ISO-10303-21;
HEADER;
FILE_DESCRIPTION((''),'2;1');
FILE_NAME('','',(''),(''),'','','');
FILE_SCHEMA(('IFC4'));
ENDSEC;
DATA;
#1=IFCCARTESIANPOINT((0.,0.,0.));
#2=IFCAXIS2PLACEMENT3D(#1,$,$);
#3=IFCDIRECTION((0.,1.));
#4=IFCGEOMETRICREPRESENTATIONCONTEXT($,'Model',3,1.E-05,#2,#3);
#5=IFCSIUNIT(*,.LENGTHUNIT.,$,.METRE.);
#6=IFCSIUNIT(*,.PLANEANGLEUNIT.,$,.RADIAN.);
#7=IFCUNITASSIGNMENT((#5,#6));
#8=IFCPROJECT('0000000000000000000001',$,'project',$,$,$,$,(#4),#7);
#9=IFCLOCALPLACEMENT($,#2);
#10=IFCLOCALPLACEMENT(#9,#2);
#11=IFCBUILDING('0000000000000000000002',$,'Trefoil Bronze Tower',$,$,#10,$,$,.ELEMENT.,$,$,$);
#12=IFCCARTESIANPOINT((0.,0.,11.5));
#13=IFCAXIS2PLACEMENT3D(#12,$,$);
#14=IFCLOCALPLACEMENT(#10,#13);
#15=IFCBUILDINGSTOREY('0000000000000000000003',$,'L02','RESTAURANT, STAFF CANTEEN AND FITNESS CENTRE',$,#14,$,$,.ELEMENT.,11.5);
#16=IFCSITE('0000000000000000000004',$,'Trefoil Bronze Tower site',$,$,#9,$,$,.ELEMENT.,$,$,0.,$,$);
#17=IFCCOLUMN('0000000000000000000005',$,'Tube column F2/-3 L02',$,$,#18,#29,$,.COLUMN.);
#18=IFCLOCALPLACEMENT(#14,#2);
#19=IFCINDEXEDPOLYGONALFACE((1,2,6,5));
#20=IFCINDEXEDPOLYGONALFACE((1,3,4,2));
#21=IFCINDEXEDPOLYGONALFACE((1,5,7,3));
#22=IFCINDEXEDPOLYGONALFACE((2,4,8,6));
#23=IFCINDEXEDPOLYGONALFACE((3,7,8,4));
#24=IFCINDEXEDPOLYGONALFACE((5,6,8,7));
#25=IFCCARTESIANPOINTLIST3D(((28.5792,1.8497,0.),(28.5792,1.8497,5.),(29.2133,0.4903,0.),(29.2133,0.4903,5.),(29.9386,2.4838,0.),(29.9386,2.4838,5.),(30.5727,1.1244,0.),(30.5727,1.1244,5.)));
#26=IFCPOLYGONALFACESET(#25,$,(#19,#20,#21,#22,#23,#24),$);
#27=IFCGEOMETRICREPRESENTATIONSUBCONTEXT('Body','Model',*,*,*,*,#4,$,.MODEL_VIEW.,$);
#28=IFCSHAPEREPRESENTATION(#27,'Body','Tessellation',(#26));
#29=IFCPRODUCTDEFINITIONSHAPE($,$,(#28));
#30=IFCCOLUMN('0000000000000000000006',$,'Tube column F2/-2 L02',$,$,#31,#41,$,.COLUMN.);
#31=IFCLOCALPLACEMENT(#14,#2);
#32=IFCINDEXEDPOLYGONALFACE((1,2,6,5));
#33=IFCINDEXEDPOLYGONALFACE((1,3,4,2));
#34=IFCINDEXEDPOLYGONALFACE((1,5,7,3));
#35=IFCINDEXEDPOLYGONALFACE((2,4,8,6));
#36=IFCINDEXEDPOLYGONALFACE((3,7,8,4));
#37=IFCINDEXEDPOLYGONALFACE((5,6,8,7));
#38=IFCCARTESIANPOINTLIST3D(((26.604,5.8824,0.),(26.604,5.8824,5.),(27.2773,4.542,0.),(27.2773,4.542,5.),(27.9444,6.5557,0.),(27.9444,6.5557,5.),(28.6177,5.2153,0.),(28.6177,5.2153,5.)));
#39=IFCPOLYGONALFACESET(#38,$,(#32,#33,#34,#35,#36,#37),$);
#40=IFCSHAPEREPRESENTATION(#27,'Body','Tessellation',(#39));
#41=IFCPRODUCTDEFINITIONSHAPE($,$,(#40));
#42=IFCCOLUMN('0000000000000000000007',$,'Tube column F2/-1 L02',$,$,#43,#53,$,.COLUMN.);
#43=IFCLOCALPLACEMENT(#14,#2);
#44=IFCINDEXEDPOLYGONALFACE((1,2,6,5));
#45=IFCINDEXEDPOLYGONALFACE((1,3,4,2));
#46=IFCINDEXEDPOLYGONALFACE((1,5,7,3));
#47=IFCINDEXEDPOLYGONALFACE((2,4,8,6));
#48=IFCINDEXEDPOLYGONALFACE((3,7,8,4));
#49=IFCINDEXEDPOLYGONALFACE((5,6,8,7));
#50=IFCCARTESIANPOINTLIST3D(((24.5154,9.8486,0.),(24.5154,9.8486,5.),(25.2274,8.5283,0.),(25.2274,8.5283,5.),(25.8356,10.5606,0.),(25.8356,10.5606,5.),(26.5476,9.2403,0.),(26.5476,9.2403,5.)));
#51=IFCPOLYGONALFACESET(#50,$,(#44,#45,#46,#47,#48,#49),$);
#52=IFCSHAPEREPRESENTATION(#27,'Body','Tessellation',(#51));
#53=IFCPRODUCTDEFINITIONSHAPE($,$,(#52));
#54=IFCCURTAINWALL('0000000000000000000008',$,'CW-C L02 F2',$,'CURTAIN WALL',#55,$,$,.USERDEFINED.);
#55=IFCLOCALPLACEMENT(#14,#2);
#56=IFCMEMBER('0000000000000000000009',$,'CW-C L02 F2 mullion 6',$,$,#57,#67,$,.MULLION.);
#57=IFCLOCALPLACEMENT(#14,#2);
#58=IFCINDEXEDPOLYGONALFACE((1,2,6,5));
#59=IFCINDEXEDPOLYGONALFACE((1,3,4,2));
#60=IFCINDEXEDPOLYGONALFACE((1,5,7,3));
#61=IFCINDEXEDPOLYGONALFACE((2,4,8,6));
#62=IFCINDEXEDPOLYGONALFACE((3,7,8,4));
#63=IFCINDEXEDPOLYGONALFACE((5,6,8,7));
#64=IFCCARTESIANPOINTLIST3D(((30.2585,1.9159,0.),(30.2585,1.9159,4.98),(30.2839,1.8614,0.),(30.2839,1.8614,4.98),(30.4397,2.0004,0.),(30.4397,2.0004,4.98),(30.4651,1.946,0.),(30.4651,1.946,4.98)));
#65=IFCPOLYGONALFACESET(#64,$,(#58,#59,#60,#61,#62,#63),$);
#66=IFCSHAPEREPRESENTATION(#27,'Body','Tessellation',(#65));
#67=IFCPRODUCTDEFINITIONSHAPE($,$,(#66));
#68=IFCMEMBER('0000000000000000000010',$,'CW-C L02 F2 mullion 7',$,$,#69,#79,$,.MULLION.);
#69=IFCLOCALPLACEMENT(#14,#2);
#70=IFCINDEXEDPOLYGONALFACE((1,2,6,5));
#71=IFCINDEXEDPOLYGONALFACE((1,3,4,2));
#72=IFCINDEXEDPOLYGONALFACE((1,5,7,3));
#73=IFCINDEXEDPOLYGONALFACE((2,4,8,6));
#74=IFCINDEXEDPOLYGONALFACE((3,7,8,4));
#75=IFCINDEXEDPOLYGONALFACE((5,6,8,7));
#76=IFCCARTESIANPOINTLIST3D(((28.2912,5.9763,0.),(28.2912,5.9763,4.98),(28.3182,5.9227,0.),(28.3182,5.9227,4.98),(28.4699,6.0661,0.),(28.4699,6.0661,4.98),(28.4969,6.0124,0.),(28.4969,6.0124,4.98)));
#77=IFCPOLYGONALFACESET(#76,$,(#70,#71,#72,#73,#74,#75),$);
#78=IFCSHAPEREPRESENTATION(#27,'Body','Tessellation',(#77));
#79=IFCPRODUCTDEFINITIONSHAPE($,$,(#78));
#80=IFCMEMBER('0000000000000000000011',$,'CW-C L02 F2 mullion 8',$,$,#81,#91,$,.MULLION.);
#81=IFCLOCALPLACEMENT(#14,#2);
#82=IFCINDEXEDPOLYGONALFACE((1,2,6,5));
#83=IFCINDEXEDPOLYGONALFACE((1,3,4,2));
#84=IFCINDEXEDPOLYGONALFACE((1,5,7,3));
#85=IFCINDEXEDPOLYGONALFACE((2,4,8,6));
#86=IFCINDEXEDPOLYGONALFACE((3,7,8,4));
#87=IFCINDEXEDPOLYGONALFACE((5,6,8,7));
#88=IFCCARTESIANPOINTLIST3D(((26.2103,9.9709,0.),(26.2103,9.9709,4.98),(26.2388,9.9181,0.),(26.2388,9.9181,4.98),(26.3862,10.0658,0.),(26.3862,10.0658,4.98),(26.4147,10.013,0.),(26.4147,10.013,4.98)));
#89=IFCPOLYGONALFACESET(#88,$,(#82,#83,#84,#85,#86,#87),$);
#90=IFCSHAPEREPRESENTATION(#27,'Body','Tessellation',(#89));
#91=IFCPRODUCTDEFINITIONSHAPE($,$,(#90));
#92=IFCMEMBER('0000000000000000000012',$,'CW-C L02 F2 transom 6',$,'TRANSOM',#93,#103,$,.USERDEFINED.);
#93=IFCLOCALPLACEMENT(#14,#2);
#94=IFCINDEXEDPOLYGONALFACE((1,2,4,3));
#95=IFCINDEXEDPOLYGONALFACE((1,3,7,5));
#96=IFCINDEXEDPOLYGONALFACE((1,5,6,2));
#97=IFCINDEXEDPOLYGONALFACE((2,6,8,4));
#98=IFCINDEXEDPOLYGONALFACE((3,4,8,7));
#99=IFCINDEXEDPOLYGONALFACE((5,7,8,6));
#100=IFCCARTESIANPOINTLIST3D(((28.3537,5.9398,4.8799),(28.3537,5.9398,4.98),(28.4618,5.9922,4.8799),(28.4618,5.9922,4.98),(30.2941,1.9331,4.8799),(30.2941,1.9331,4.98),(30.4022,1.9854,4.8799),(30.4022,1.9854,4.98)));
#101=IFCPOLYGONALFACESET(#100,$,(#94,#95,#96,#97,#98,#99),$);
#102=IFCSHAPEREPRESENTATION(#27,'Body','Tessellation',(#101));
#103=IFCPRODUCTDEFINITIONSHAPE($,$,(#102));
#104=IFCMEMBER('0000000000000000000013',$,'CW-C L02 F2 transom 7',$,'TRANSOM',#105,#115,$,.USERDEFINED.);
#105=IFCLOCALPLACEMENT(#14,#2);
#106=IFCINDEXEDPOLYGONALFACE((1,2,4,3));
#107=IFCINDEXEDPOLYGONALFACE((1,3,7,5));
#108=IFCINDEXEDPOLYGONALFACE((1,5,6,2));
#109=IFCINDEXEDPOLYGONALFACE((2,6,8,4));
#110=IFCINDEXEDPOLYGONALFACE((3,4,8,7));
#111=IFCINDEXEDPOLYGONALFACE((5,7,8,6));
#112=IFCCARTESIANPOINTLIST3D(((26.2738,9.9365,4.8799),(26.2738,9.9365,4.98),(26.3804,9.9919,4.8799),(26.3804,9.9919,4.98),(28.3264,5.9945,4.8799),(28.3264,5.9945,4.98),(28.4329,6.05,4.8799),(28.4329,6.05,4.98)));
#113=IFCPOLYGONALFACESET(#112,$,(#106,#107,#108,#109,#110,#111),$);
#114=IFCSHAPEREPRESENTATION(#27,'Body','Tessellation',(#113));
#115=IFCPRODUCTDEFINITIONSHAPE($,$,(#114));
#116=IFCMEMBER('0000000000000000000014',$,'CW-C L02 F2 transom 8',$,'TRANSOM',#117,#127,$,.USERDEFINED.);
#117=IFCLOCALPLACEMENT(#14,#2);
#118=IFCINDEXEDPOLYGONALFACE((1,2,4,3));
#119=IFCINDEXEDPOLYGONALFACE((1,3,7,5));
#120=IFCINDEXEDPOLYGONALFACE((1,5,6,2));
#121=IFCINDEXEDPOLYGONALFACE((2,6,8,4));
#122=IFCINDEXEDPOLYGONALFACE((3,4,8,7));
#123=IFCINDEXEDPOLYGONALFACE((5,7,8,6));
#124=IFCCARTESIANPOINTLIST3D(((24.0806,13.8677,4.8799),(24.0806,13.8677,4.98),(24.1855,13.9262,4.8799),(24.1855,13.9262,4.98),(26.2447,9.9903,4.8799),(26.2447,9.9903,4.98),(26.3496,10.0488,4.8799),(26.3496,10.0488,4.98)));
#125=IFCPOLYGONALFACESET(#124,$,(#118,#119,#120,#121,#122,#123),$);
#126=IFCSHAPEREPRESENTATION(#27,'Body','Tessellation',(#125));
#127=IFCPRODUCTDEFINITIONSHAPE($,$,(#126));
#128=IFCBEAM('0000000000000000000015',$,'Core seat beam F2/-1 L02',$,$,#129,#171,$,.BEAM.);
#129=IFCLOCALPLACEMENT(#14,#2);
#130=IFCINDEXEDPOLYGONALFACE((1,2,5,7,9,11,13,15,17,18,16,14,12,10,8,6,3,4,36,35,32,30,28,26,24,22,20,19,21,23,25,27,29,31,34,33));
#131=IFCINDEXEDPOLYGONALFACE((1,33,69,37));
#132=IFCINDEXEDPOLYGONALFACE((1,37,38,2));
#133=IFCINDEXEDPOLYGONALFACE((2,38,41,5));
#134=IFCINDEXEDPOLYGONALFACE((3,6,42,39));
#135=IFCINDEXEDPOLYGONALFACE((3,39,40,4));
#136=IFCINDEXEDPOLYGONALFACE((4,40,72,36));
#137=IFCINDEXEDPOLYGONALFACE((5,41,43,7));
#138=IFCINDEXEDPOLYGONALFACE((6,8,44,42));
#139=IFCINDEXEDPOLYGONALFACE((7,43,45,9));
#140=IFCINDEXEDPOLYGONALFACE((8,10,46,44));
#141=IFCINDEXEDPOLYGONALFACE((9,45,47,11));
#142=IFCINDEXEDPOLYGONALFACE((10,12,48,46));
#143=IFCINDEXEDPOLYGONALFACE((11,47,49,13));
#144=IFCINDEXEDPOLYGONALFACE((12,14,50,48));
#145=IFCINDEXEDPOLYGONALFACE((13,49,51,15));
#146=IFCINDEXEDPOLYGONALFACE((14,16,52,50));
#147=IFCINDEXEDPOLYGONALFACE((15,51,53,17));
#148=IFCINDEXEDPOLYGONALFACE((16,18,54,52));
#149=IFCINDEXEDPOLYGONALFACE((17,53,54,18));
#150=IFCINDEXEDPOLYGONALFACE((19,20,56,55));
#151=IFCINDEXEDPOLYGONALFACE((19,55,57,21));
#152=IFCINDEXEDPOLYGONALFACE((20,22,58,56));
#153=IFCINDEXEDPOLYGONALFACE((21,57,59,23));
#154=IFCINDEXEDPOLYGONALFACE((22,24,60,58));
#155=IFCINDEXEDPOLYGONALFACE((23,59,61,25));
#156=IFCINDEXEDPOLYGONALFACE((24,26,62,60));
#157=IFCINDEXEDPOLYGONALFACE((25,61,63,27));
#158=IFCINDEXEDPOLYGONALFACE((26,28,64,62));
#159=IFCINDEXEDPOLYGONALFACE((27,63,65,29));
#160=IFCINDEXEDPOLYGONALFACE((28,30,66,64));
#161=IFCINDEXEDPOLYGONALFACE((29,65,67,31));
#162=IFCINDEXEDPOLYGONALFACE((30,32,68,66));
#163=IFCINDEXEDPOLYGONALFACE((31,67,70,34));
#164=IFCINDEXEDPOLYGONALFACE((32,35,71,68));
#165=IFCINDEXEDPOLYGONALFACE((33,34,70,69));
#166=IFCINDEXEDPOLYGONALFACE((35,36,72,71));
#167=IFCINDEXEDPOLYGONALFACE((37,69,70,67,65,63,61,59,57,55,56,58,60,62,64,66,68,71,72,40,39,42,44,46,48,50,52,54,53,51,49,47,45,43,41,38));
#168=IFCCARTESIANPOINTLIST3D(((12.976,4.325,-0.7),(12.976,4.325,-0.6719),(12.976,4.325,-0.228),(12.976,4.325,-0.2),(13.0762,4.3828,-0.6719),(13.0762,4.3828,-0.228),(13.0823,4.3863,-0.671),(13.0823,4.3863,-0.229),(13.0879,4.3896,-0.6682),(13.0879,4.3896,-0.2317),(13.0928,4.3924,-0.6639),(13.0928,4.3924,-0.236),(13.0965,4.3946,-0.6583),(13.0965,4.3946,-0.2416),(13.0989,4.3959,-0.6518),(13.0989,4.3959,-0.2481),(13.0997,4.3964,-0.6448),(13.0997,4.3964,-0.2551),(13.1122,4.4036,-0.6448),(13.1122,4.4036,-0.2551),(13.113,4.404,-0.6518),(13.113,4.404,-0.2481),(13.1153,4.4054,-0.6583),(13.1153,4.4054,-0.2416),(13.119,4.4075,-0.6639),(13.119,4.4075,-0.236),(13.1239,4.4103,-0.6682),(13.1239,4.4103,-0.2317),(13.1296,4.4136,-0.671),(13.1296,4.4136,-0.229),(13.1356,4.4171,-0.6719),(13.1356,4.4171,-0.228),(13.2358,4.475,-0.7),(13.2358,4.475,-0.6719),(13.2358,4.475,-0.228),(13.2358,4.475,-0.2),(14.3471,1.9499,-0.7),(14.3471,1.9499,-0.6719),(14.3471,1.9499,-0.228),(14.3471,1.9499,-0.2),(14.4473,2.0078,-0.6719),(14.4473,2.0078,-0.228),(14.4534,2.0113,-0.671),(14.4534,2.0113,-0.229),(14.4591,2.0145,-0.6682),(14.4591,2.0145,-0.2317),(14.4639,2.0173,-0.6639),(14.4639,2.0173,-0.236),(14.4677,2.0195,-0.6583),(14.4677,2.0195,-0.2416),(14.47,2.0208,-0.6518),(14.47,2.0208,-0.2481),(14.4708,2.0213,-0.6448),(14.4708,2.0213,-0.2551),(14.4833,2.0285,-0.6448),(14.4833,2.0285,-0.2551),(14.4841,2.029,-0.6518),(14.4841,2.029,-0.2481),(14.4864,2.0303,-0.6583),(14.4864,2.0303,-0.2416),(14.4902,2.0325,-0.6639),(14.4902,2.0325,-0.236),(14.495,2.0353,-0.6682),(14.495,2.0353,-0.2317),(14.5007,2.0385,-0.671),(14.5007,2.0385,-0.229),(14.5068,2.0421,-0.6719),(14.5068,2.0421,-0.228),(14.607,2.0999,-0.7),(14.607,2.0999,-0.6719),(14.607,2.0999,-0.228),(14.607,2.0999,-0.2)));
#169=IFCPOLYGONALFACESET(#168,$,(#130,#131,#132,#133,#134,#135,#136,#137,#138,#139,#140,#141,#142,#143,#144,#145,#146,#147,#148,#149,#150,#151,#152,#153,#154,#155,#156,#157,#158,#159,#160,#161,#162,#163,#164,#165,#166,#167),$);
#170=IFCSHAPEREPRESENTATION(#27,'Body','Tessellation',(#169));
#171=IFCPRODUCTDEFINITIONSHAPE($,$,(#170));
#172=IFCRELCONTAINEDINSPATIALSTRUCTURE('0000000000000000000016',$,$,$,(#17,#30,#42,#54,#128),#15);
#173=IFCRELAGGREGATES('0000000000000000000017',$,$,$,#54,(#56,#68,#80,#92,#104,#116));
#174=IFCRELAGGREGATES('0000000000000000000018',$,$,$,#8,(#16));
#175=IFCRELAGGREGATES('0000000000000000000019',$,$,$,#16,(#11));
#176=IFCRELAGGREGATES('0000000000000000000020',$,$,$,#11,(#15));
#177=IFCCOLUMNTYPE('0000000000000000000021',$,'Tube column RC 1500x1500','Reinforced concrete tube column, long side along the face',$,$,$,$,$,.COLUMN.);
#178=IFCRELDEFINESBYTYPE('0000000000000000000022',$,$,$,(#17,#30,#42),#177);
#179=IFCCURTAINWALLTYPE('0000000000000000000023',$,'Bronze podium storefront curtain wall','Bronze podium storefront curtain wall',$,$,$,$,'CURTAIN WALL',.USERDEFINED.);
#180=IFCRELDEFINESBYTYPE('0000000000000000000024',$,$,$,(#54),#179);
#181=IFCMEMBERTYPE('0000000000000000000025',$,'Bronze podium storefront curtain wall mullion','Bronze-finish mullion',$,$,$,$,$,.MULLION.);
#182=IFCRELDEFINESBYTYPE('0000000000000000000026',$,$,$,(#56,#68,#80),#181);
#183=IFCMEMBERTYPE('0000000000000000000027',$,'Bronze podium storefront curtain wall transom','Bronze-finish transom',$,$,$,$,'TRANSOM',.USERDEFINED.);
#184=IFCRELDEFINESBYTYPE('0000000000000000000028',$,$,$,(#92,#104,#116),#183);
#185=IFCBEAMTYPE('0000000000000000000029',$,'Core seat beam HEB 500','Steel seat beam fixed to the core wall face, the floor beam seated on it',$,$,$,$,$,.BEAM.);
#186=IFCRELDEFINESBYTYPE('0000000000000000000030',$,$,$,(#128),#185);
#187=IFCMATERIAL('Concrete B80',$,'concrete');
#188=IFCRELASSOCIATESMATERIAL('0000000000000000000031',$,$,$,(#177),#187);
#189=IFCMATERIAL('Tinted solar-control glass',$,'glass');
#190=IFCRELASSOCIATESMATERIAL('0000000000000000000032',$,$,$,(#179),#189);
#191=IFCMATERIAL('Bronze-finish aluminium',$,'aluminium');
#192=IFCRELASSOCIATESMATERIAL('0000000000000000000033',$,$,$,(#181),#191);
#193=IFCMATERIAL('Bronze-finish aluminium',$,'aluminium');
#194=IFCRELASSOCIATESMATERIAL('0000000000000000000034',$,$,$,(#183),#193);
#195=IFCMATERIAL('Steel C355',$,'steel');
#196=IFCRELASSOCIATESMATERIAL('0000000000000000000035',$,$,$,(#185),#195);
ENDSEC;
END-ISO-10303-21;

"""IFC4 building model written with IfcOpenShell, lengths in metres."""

from ifc_helpers import new_model, si_unit, direction, frame, origin, origin_2d, place, context, subcontext, project, spatial, rectangle, i_section, extrude, material, material_profile, profile_set, type_object, element, aggregate, save


model = new_model("IFC4")

# Units and contexts
model_context = context("Model", 3, precision=1e-05, world=origin(), true_north=direction((0.0, 1.0)))
body_context = subcontext(model_context, "Body", "Model", "MODEL_VIEW")
ifc_project = project(units=[si_unit("LENGTHUNIT", "METRE"), si_unit("PLANEANGLEUNIT", "RADIAN")], contexts=[model_context])

# Site, building, storey
site_placement = place(None, origin())
site = spatial("IfcSite", under=ifc_project, at=site_placement, Name="Trefoil Bronze Tower site", CompositionType="ELEMENT", RefElevation=0.0)
building_placement = place(site_placement, origin())
building = spatial("IfcBuilding", under=site, at=building_placement, Name="Trefoil Bronze Tower", CompositionType="ELEMENT")
storey_placement = place(building_placement, frame((0.0, 0.0, 11.5)))
storey = spatial("IfcBuildingStorey", under=building, at=storey_placement, Name="L02", Description="RESTAURANT, STAFF CANTEEN AND FITNESS CENTRE", CompositionType="ELEMENT", Elevation=11.5)

# Columns
ifc_material_1 = material(Name="Concrete B80", Category="concrete")
ifc_material_profile_1 = material_profile(ifc_material_1, rectangle(XDim=1.5, YDim=1.5, at=origin_2d()), Name="RC 1500x1500")
ifc_profile_set_1 = profile_set([ifc_material_profile_1], Name="Concrete B80")
column_type = type_object("IfcColumnType", Name="Tube column RC 1500x1500", Description="Reinforced concrete tube column, long side along the face", PredefinedType="COLUMN", material=ifc_profile_set_1)
for number, where, z_axis, x_axis, name in (
    (1, (29.5759, 1.4871, 0.0), (0.0, 0.0, 1.0), (-0.422701, 0.906269, 0.0), "Tube column F2/-3 L02"),
    (2, (27.6108, 5.5488, 0.0), (0.0, 0.0, 1.0), (-0.44889, 0.893587, 0.0), "Tube column F2/-2 L02"),
    (3, (25.5315, 9.5444, 0.0), (0.0, 0.0, 1.0), (-0.474656, 0.880171, 0.0), "Tube column F2/-1 L02"),
):
    element("IfcColumn", number, at=place(storey_placement, frame(where, z_axis=z_axis, x_axis=x_axis)), inside=storey, type_object=column_type, Name=name, PredefinedType="COLUMN", context=body_context, shape_type="SweptSolid", body=[
        extrude(rectangle(XDim=1.5, YDim=1.5, at=origin_2d()), origin(), (0.0, 0.0, 1.0), 5.0),
    ])

# Curtain wall, members
ifc_material_2 = material(Name="Tinted solar-control glass", Category="glass")
curtain_wall_type = type_object("IfcCurtainWallType", Name="Bronze podium storefront curtain wall", Description="Bronze podium storefront curtain wall", ElementType="CURTAIN WALL", PredefinedType="USERDEFINED", material=ifc_material_2)
curtain_wall_placement = place(storey_placement, origin())
curtain_wall = element("IfcCurtainWall", 4, at=curtain_wall_placement, inside=storey, type_object=curtain_wall_type, Name="CW-C L02 F2", ObjectType="CURTAIN WALL", PredefinedType="USERDEFINED")
ifc_material_3 = material(Name="Bronze-finish aluminium", Category="aluminium")
ifc_material_profile_2 = material_profile(ifc_material_3, rectangle(XDim=0.2, YDim=0.0601, at=origin_2d()), Name="CW-C mullion")
ifc_profile_set_2 = profile_set([ifc_material_profile_2], Name="Bronze-finish aluminium")
member_type_1 = type_object("IfcMemberType", Name="Bronze podium storefront curtain wall mullion", Description="Bronze-finish mullion", PredefinedType="MULLION", material=ifc_profile_set_2)
member_1_placement = place(storey_placement, frame((30.3618, 1.9309, 0.0), z_axis=(0.0, 0.0, 1.0), x_axis=(-0.906269, -0.422701, 0.0)))
member_1 = element("IfcMember", 5, at=member_1_placement, type_object=member_type_1, Name="CW-C L02 F2 mullion 6", PredefinedType="MULLION", context=body_context, shape_type="SweptSolid", body=[
    extrude(rectangle(XDim=0.2, YDim=0.0601, at=origin_2d()), origin(), (0.0, 0.0, 1.0), 4.98),
])
member_2_placement = place(storey_placement, frame((28.394, 5.9944, 0.0), z_axis=(0.0, 0.0, 1.0), x_axis=(-0.893587, -0.44889, 0.0)))
member_2 = element("IfcMember", 6, at=member_2_placement, type_object=member_type_1, Name="CW-C L02 F2 mullion 7", PredefinedType="MULLION", context=body_context, shape_type="SweptSolid", body=[
    extrude(rectangle(XDim=0.2, YDim=0.0601, at=origin_2d()), origin(), (0.0, 0.0, 1.0), 4.98),
])
member_3_placement = place(storey_placement, frame((26.3125, 9.9919, 0.0), z_axis=(0.0, 0.0, 1.0), x_axis=(-0.880171, -0.474656, 0.0)))
member_3 = element("IfcMember", 7, at=member_3_placement, type_object=member_type_1, Name="CW-C L02 F2 mullion 8", PredefinedType="MULLION", context=body_context, shape_type="SweptSolid", body=[
    extrude(rectangle(XDim=0.2, YDim=0.0601, at=origin_2d()), origin(), (0.0, 0.0, 1.0), 4.98),
])
ifc_material_4 = material(Name="Bronze-finish aluminium", Category="aluminium")
ifc_material_profile_3 = material_profile(ifc_material_4, rectangle(XDim=0.1201, YDim=0.1001, at=origin_2d()), Name="CW-C transom")
ifc_profile_set_3 = profile_set([ifc_material_profile_3], Name="Bronze-finish aluminium")
member_type_2 = type_object("IfcMemberType", Name="Bronze podium storefront curtain wall transom", Description="Bronze-finish transom", ElementType="TRANSOM", PredefinedType="USERDEFINED", material=ifc_profile_set_3)
member_4_placement = place(storey_placement, frame((30.3481, 1.9592, 4.9299), z_axis=(-0.435859, 0.900015, 0.0), x_axis=(-0.900015, -0.435859, 0.0)))
member_4 = element("IfcMember", 8, at=member_4_placement, type_object=member_type_2, Name="CW-C L02 F2 transom 6", ObjectType="TRANSOM", PredefinedType="USERDEFINED", context=body_context, shape_type="SweptSolid", body=[
    extrude(rectangle(XDim=0.1201, YDim=0.1001, at=origin_2d()), origin(), (0.0, 0.0, 1.0), 4.4519),
])
member_5_placement = place(storey_placement, frame((28.3796, 6.0222, 4.9299), z_axis=(-0.461832, 0.886968, 0.0), x_axis=(-0.886968, -0.461832, 0.0)))
member_5 = element("IfcMember", 9, at=member_5_placement, type_object=member_type_2, Name="CW-C L02 F2 transom 7", ObjectType="TRANSOM", PredefinedType="USERDEFINED", context=body_context, shape_type="SweptSolid", body=[
    extrude(rectangle(XDim=0.1201, YDim=0.1001, at=origin_2d()), origin(), (0.0, 0.0, 1.0), 4.4443),
])
member_6_placement = place(storey_placement, frame((26.2971, 10.0195, 4.9299), z_axis=(-0.487351, 0.873206, 0.0), x_axis=(-0.873206, -0.487351, 0.0)))
member_6 = element("IfcMember", 10, at=member_6_placement, type_object=member_type_2, Name="CW-C L02 F2 transom 8", ObjectType="TRANSOM", PredefinedType="USERDEFINED", context=body_context, shape_type="SweptSolid", body=[
    extrude(rectangle(XDim=0.1201, YDim=0.1001, at=origin_2d()), origin(), (0.0, 0.0, 1.0), 4.4404),
])

# Beam
ifc_material_5 = material(Name="Steel C355", Category="steel")
ifc_material_profile_4 = material_profile(ifc_material_5, i_section(OverallWidth=0.3, OverallDepth=0.5, WebThickness=0.0144, FlangeThickness=0.0281, FilletRadius=0.0271, at=origin_2d()), Name="HEB 500")
ifc_profile_set_4 = profile_set([ifc_material_profile_4], Name="Steel C355")
beam_type_1 = type_object("IfcBeamType", Name="Core seat beam HEB 500", Description="Steel seat beam fixed to the core wall face, the floor beam seated on it", PredefinedType="BEAM", material=ifc_profile_set_4)
for number, where, z_axis, x_axis, name in (
    (11, (14.4771, 2.0249, -0.45), (-0.499969, 0.866043, 0.0), (-0.866043, -0.499969, 0.0), "Core seat beam F2/-1 L02"),
):
    element("IfcBeam", number, at=place(storey_placement, frame(where, z_axis=z_axis, x_axis=x_axis)), inside=storey, type_object=beam_type_1, Name=name, PredefinedType="BEAM", context=body_context, shape_type="SweptSolid", body=[
        extrude(i_section(OverallWidth=0.3, OverallDepth=0.5, WebThickness=0.0144, FlangeThickness=0.0281, FilletRadius=0.0271, at=origin_2d()), origin(), (0.0, 0.0, 1.0), 2.7424),
    ])

aggregate(curtain_wall, [member_1, member_2, member_3, member_4, member_5, member_6])

save(model, "model.ifc")
